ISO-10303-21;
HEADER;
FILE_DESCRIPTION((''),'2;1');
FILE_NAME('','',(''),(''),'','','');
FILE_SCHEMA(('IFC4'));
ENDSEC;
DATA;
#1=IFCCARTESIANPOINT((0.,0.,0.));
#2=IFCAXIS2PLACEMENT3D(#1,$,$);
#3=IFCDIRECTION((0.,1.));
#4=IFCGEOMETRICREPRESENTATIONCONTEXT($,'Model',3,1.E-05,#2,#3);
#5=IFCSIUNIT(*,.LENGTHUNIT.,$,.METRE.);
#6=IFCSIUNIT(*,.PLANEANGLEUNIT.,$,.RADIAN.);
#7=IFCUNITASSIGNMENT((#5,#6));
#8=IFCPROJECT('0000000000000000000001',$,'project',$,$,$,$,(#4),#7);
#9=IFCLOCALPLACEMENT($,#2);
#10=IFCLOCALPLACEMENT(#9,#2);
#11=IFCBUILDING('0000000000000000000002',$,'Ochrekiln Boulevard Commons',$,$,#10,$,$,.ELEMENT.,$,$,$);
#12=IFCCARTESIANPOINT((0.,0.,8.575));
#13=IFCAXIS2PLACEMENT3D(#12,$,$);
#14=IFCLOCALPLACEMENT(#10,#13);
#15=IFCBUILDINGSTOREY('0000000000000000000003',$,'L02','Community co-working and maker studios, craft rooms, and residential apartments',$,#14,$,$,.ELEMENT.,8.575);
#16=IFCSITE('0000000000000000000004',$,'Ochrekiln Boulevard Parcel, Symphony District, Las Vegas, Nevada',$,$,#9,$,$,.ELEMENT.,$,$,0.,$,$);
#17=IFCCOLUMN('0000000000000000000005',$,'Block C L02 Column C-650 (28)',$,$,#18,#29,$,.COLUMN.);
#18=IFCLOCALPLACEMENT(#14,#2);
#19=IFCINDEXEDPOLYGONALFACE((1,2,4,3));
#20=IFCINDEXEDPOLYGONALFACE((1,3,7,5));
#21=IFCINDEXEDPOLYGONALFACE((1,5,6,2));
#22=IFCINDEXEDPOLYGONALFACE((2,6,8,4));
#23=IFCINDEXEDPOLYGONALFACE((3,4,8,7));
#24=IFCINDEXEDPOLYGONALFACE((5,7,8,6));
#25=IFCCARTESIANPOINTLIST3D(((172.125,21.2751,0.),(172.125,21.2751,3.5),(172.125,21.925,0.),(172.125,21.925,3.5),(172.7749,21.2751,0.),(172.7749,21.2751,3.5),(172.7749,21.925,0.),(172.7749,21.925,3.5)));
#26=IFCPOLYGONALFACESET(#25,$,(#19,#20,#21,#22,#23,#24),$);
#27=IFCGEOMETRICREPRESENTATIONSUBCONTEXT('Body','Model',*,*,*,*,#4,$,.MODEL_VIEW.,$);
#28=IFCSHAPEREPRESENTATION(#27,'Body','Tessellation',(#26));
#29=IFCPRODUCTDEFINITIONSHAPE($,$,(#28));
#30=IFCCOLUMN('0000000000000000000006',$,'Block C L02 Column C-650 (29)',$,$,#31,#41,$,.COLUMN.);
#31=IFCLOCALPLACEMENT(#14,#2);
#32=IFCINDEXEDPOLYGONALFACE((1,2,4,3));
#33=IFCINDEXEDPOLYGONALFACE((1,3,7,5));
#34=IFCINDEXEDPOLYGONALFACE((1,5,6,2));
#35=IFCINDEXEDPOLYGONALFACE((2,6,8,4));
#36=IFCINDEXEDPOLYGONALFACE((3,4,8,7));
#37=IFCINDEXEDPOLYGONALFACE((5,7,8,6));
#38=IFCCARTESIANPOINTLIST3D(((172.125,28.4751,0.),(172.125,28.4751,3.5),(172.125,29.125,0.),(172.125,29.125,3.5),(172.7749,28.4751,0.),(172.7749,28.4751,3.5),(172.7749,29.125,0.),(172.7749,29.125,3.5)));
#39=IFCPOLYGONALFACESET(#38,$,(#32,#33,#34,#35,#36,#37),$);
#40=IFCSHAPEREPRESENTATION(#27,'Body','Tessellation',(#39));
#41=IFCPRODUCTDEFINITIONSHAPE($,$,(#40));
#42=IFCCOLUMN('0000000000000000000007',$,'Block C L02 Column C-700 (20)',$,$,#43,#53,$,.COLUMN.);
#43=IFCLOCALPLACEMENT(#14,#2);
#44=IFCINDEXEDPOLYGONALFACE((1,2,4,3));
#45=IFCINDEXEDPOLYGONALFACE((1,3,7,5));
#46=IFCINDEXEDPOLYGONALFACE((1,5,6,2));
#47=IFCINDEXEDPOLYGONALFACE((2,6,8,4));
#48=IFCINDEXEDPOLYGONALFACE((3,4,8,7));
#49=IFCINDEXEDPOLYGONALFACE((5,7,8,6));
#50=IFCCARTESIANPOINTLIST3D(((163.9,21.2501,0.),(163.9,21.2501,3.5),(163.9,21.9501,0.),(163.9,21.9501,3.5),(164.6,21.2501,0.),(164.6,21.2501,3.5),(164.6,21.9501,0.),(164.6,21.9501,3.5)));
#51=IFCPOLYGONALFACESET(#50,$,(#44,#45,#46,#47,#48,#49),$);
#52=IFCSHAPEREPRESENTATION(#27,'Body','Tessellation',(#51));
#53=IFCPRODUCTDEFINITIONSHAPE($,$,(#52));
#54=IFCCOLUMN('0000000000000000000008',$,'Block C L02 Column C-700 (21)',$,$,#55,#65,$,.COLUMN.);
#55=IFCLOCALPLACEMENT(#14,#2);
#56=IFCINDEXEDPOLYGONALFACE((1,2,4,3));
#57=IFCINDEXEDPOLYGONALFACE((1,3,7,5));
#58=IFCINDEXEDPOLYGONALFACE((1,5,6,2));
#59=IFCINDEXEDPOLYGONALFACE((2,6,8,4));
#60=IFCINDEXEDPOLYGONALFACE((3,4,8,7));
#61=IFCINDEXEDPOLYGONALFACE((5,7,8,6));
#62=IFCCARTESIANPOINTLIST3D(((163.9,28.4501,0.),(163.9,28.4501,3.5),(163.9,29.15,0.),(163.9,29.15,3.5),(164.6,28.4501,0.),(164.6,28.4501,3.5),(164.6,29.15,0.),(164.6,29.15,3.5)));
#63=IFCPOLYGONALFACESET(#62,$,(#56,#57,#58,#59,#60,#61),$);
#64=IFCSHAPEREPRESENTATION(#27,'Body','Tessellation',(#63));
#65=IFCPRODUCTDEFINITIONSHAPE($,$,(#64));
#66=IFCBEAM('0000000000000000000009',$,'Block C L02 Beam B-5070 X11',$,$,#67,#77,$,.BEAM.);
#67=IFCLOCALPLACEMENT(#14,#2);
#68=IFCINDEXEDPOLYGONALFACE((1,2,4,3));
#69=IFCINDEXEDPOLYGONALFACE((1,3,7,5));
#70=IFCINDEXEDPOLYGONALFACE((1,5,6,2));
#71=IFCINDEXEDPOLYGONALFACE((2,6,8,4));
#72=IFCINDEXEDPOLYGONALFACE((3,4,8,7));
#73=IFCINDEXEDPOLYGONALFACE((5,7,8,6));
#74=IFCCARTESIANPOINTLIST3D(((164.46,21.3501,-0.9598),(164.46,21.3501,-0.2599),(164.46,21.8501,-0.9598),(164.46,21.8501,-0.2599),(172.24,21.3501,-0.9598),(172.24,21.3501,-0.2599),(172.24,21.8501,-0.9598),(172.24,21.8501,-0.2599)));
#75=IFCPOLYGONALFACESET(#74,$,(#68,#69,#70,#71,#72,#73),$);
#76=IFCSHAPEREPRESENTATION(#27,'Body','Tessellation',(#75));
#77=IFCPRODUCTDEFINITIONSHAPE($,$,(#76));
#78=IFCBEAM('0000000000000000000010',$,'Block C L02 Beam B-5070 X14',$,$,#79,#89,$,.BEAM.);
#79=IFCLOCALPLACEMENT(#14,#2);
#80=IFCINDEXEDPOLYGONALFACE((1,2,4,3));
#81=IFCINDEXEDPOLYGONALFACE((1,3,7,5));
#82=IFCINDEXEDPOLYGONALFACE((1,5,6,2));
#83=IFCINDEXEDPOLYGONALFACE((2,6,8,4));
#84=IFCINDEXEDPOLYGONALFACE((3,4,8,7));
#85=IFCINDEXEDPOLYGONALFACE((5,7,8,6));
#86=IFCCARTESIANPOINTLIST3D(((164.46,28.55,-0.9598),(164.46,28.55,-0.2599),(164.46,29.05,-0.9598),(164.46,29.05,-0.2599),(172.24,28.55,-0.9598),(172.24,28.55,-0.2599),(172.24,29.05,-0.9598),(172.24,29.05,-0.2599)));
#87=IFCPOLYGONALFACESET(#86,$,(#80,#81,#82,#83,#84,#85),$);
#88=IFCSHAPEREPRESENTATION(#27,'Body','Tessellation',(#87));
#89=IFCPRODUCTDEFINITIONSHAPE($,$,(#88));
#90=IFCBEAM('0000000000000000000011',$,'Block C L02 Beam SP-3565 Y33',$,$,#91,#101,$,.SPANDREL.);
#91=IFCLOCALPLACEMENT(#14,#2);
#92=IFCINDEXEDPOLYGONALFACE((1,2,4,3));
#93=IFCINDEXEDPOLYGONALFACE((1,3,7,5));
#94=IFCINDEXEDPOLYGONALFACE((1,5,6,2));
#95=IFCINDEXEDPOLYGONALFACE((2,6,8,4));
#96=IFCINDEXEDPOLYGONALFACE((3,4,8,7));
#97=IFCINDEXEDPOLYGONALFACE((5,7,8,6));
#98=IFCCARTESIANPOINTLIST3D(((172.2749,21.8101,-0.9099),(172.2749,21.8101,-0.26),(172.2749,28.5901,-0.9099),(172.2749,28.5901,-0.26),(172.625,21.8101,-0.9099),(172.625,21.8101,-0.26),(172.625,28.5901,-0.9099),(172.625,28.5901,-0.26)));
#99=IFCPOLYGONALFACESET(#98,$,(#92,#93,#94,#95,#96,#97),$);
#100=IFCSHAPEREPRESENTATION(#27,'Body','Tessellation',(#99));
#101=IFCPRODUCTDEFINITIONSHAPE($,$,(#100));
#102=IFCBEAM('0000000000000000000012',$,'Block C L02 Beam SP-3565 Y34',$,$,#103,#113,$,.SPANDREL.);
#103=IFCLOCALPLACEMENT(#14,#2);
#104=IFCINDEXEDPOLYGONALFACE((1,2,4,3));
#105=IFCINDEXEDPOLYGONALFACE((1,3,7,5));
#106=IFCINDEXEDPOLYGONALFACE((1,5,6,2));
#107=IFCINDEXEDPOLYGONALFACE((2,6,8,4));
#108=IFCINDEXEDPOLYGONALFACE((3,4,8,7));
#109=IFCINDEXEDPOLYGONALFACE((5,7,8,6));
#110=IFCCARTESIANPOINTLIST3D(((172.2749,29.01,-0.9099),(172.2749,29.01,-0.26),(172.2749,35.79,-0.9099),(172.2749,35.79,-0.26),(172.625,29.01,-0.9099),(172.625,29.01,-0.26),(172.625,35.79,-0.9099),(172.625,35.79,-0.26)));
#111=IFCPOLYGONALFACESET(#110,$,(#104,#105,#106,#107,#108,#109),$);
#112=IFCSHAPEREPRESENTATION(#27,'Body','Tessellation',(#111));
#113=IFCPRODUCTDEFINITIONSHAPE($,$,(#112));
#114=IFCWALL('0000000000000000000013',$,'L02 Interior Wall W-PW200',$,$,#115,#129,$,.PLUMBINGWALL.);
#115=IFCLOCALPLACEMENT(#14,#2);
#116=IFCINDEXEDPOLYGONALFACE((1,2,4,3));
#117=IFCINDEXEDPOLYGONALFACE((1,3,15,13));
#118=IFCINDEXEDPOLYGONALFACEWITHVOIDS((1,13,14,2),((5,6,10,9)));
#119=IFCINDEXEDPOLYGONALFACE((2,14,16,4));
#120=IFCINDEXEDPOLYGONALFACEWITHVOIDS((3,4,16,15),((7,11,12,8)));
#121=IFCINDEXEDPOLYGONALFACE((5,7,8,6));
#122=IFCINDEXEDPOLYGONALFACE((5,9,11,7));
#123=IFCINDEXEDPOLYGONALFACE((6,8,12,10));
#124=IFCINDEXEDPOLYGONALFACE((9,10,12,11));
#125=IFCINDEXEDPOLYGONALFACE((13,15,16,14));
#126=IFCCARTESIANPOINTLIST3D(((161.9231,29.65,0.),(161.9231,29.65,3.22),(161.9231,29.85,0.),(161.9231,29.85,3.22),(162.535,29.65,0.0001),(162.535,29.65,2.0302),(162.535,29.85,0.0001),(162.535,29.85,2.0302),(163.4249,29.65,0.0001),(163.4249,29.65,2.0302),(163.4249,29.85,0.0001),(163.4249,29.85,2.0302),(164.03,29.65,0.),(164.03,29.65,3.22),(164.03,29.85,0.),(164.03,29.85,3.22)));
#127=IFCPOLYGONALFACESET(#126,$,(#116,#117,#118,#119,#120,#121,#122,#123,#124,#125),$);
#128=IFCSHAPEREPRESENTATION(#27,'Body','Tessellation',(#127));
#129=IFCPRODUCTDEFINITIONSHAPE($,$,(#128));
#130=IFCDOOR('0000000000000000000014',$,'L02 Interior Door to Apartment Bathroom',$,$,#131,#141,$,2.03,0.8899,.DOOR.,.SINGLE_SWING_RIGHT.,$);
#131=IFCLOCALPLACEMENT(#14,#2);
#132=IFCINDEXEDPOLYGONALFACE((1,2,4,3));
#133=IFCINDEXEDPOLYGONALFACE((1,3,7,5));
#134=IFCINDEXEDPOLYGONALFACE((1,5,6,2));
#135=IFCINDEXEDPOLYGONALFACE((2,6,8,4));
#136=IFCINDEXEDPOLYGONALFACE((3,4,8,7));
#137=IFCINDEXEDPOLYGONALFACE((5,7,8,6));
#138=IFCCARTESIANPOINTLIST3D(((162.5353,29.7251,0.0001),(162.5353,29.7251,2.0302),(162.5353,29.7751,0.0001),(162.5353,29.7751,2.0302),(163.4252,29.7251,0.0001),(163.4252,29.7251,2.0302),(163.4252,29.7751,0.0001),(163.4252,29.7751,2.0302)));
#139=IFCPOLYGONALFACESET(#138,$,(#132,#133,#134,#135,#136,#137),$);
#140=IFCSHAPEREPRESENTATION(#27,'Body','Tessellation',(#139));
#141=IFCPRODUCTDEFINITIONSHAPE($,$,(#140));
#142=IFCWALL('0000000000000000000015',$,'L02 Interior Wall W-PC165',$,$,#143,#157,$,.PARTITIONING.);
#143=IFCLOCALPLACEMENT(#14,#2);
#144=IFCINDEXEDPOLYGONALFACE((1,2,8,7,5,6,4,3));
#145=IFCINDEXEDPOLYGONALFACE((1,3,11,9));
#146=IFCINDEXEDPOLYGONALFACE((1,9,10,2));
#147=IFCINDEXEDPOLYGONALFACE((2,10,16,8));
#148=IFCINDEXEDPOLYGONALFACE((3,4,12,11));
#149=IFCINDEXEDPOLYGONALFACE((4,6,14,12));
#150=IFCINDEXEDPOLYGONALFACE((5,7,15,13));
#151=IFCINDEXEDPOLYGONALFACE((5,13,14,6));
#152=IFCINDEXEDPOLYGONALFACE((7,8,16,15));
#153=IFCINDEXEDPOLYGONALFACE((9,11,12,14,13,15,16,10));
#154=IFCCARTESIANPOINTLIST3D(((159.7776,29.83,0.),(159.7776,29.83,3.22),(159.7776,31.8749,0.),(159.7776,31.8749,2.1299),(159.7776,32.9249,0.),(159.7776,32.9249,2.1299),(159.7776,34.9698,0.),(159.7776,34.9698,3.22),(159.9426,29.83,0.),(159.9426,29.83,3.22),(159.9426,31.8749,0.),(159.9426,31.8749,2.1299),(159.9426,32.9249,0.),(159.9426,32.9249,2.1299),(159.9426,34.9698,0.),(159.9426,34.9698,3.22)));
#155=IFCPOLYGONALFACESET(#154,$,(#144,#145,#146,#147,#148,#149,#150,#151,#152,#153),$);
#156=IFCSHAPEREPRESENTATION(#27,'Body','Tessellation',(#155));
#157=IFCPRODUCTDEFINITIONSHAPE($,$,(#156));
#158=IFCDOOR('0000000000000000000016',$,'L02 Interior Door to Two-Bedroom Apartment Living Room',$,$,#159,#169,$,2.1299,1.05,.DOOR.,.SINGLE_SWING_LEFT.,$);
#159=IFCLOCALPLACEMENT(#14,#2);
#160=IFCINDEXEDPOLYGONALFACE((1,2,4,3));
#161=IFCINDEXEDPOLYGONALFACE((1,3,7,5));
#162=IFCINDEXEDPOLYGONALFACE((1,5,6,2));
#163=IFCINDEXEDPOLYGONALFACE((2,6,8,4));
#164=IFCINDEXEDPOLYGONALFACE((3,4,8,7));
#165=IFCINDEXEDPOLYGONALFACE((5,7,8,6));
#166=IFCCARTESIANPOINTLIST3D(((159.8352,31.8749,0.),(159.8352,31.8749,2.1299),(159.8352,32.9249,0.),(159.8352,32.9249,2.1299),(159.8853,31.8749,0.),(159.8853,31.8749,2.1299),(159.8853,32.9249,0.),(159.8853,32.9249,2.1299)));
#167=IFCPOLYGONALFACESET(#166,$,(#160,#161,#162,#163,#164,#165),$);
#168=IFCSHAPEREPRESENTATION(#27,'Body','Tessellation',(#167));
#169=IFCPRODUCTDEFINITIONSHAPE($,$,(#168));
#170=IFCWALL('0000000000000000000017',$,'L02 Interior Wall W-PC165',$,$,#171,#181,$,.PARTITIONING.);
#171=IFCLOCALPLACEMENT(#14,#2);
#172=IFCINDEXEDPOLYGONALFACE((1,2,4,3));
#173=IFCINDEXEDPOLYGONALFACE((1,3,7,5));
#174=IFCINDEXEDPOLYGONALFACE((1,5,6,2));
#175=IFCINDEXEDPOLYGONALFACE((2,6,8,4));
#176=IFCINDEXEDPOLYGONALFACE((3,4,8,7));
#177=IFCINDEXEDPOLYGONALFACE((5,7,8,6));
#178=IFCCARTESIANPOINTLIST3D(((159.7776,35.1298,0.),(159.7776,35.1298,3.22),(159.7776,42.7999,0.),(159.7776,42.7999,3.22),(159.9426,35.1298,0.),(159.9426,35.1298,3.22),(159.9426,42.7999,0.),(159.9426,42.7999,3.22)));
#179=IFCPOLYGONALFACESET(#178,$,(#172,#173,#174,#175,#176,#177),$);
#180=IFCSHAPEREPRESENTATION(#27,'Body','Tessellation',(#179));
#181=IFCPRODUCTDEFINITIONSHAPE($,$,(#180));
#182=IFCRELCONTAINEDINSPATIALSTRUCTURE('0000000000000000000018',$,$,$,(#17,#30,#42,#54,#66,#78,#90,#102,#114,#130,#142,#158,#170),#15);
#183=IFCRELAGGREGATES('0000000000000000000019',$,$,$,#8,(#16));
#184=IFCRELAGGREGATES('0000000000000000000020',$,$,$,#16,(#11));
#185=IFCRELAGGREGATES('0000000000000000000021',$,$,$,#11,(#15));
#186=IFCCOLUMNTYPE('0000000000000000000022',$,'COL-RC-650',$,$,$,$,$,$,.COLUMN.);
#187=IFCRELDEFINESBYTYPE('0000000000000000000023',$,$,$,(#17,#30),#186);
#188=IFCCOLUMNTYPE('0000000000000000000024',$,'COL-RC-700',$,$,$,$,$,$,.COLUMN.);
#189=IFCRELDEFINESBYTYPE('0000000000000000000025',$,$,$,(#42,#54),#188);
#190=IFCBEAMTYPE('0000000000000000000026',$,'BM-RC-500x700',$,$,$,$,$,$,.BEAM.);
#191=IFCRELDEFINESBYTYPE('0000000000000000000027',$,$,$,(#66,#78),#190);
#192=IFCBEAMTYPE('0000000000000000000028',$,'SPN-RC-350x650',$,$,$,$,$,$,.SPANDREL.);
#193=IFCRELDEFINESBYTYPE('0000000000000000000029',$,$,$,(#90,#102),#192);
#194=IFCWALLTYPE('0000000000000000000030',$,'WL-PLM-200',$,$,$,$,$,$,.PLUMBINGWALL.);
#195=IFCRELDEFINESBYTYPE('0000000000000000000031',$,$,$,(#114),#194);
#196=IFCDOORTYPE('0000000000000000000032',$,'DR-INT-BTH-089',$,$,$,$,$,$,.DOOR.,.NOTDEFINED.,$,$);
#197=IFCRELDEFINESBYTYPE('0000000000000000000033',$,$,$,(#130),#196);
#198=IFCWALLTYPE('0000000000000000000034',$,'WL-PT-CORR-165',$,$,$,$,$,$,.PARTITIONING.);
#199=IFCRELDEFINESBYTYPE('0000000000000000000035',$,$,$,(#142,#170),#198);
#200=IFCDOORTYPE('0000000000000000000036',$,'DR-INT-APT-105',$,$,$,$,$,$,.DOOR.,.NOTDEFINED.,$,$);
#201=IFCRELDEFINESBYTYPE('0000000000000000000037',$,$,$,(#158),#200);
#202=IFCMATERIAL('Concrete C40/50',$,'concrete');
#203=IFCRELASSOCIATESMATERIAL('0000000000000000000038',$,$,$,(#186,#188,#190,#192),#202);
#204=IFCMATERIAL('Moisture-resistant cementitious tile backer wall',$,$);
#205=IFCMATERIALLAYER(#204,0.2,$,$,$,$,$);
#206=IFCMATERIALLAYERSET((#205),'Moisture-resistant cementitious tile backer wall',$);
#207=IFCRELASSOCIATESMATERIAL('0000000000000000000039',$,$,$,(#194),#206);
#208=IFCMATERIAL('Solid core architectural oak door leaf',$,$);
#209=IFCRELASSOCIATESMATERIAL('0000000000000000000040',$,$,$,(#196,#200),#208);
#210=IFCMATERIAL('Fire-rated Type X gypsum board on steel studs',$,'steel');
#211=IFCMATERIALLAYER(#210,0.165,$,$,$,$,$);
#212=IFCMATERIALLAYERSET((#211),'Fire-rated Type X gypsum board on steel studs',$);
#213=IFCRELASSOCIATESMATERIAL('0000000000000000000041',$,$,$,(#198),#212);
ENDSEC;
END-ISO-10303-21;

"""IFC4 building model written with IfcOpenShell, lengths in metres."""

from ifc_helpers import new_model, si_unit, direction, frame, frame_2d, origin, origin_2d, place, context, subcontext, project, spatial, rectangle, extrude, material, layer, layer_set, material_profile, profile_set, type_object, element, fill, save


model = new_model("IFC4")

# Units and contexts
model_context = context("Model", 3, precision=1e-05, world=origin(), true_north=direction((0.0, 1.0)))
body_context = subcontext(model_context, "Body", "Model", "MODEL_VIEW")
ifc_project = project(units=[si_unit("LENGTHUNIT", "METRE"), si_unit("PLANEANGLEUNIT", "RADIAN")], contexts=[model_context])

# Site, building, storey
site_placement = place(None, origin())
site = spatial("IfcSite", under=ifc_project, at=site_placement, Name="Ochrekiln Boulevard Parcel, Symphony District, Las Vegas, Nevada", CompositionType="ELEMENT", RefElevation=0.0)
building_placement = place(site_placement, origin())
building = spatial("IfcBuilding", under=site, at=building_placement, Name="Ochrekiln Boulevard Commons", CompositionType="ELEMENT")
storey_placement = place(building_placement, frame((0.0, 0.0, 8.575)))
storey = spatial("IfcBuildingStorey", under=building, at=storey_placement, Name="L02", Description="Community co-working and maker studios, craft rooms, and residential apartments", CompositionType="ELEMENT", Elevation=8.575)

# Columns
ifc_material_1 = material(Name="Concrete C40/50", Category="concrete")
ifc_material_profile_1 = material_profile(ifc_material_1, rectangle(XDim=0.6499, YDim=0.6499, at=origin_2d()), Name="RC-COL-650x650")
ifc_profile_set_1 = profile_set([ifc_material_profile_1], Name="Concrete C40/50")
column_type_1 = type_object("IfcColumnType", Name="COL-RC-650", PredefinedType="COLUMN", material=ifc_profile_set_1)
for number, where, z_axis, x_axis, name in (
    (1, (172.45, 21.6001, 0.0), (0.0, 0.0, 1.0), (1.0, 0.0, 0.0), "Block C L02 Column C-650 (28)"),
    (2, (172.45, 28.8, 0.0), (0.0, 0.0, 1.0), (1.0, 0.0, 0.0), "Block C L02 Column C-650 (29)"),
):
    element("IfcColumn", number, at=place(storey_placement, frame(where, z_axis=z_axis, x_axis=x_axis)), inside=storey, type_object=column_type_1, Name=name, PredefinedType="COLUMN", context=body_context, shape_type="SweptSolid", body=[
        extrude(rectangle(XDim=0.6499, YDim=0.6499, at=origin_2d()), origin(), (0.0, 0.0, 1.0), 3.5),
    ])
ifc_material_profile_2 = material_profile(ifc_material_1, rectangle(XDim=0.7, YDim=0.7, at=origin_2d()), Name="RC-COL-700x700")
ifc_profile_set_2 = profile_set([ifc_material_profile_2], Name="Concrete C40/50")
column_type_2 = type_object("IfcColumnType", Name="COL-RC-700", PredefinedType="COLUMN", material=ifc_profile_set_2)
for number, where, z_axis, x_axis, name in (
    (3, (164.25, 21.6001, 0.0), (0.0, 0.0, 1.0), (1.0, 0.0, 0.0), "Block C L02 Column C-700 (20)"),
    (4, (164.25, 28.8, 0.0), (0.0, 0.0, 1.0), (1.0, 0.0, 0.0), "Block C L02 Column C-700 (21)"),
):
    element("IfcColumn", number, at=place(storey_placement, frame(where, z_axis=z_axis, x_axis=x_axis)), inside=storey, type_object=column_type_2, Name=name, PredefinedType="COLUMN", context=body_context, shape_type="SweptSolid", body=[
        extrude(rectangle(XDim=0.7, YDim=0.7, at=origin_2d()), origin(), (0.0, 0.0, 1.0), 3.5),
    ])

# Beams
ifc_material_profile_3 = material_profile(ifc_material_1, rectangle(XDim=0.5, YDim=0.7, at=origin_2d()), Name="RC-BM-500x700")
ifc_profile_set_3 = profile_set([ifc_material_profile_3], Name="Concrete C40/50")
beam_type_1 = type_object("IfcBeamType", Name="BM-RC-500x700", PredefinedType="BEAM", material=ifc_profile_set_3)
for number, where, z_axis, x_axis, name in (
    (5, (164.46, 21.6001, -0.6099), (1.0, 0.0, 0.0), (0.0, 1.0, 0.0), "Block C L02 Beam B-5070 X11"),
    (6, (164.46, 28.8, -0.6099), (1.0, 0.0, 0.0), (0.0, 1.0, 0.0), "Block C L02 Beam B-5070 X14"),
):
    element("IfcBeam", number, at=place(storey_placement, frame(where, z_axis=z_axis, x_axis=x_axis)), inside=storey, type_object=beam_type_1, Name=name, PredefinedType="BEAM", context=body_context, shape_type="SweptSolid", body=[
        extrude(rectangle(XDim=0.5, YDim=0.7, at=origin_2d()), origin(), (0.0, 0.0, 1.0), 7.78),
    ])
ifc_material_profile_4 = material_profile(ifc_material_1, rectangle(XDim=0.3501, YDim=0.6499, at=origin_2d()), Name="RC-SPN-350x650")
ifc_profile_set_4 = profile_set([ifc_material_profile_4], Name="Concrete C40/50")
beam_type_2 = type_object("IfcBeamType", Name="SPN-RC-350x650", PredefinedType="SPANDREL", material=ifc_profile_set_4)
for number, where, z_axis, x_axis, name in (
    (7, (172.45, 21.8101, -0.585), (0.0, 1.0, 0.0), (-1.0, 0.0, 0.0), "Block C L02 Beam SP-3565 Y33"),
    (8, (172.45, 29.01, -0.585), (0.0, 1.0, 0.0), (-1.0, 0.0, 0.0), "Block C L02 Beam SP-3565 Y34"),
):
    element("IfcBeam", number, at=place(storey_placement, frame(where, z_axis=z_axis, x_axis=x_axis)), inside=storey, type_object=beam_type_2, Name=name, PredefinedType="SPANDREL", context=body_context, shape_type="SweptSolid", body=[
        extrude(rectangle(XDim=0.3501, YDim=0.6499, at=origin_2d()), origin(), (0.0, 0.0, 1.0), 6.78),
    ])

# Walls, openings, doors
ifc_material_2 = material(Name="Moisture-resistant cementitious tile backer wall")
ifc_layer_1 = layer(ifc_material_2, 0.2)
ifc_layer_set_1 = layer_set([ifc_layer_1], Name="Moisture-resistant cementitious tile backer wall")
wall_type_1 = type_object("IfcWallType", Name="WL-PLM-200", PredefinedType="PLUMBINGWALL", material=ifc_layer_set_1)
wall_1_placement = place(storey_placement, frame((161.9231, 29.75, 0.0), z_axis=(0.0, 0.0, 1.0), x_axis=(1.0, 0.0, 0.0)))
wall_1 = element("IfcWall", 9, at=wall_1_placement, inside=storey, type_object=wall_type_1, Name="L02 Interior Wall W-PW200", PredefinedType="PLUMBINGWALL", context=body_context, shape_type="SweptSolid", body=[
    extrude(rectangle(XDim=2.1069, YDim=0.2, at=frame_2d((1.0535, 0.0))), origin(), (0.0, 0.0, 1.0), 3.22),
])
opening_1_placement = place(wall_1_placement, frame((0.6121, 0.0, 0.0)))
opening_1 = element("IfcOpeningElement", 10, at=opening_1_placement, cuts=wall_1, PredefinedType="OPENING", context=body_context, shape_type="SweptSolid", body=[
    extrude(rectangle(XDim=0.8899, YDim=2.03, at=frame_2d((0.4448, 1.0151))), frame((0.0, 0.1099, 0.0), z_axis=(0.0, -1.0, 0.0), x_axis=(1.0, 0.0, 0.0)), (0.0, 0.0, 1.0), 0.22),
])
ifc_material_3 = material(Name="Solid core architectural oak door leaf")
door_type_1 = type_object("IfcDoorType", Name="DR-INT-BTH-089", OperationType="NOTDEFINED", PredefinedType="DOOR", material=ifc_material_3)
door_1_placement = place(opening_1_placement, frame((0.8899, 0.0, 0.0), z_axis=(0.0, 0.0, 1.0), x_axis=(-1.0, 0.0, 0.0)))
door_1 = element("IfcDoor", 11, at=door_1_placement, inside=storey, type_object=door_type_1, Name="L02 Interior Door to Apartment Bathroom", OperationType="SINGLE_SWING_RIGHT", OverallHeight=2.03, OverallWidth=0.8899, PredefinedType="DOOR", context=body_context, shape_type="SweptSolid", body=[
    extrude(rectangle(XDim=0.8899, YDim=2.03, at=frame_2d((0.4448, 1.0151))), frame((0.0, 0.0249, 0.0), z_axis=(0.0, -1.0, 0.0), x_axis=(1.0, 0.0, 0.0)), (0.0, 0.0, 1.0), 0.05),
])
fill(opening_1, door_1)
ifc_material_4 = material(Name="Fire-rated Type X gypsum board on steel studs", Category="steel")
ifc_layer_2 = layer(ifc_material_4, 0.165)
ifc_layer_set_2 = layer_set([ifc_layer_2], Name="Fire-rated Type X gypsum board on steel studs")
wall_type_2 = type_object("IfcWallType", Name="WL-PT-CORR-165", PredefinedType="PARTITIONING", material=ifc_layer_set_2)
wall_2_placement = place(storey_placement, frame((159.8601, 29.8301, 0.0), z_axis=(0.0, 0.0, 1.0), x_axis=(0.0, 1.0, 0.0)))
wall_2 = element("IfcWall", 12, at=wall_2_placement, inside=storey, type_object=wall_type_2, Name="L02 Interior Wall W-PC165", PredefinedType="PARTITIONING", context=body_context, shape_type="SweptSolid", body=[
    extrude(rectangle(XDim=5.1399, YDim=0.165, at=frame_2d((2.5698, 0.0))), origin(), (0.0, 0.0, 1.0), 3.22),
])
opening_2_placement = place(wall_2_placement, frame((2.0449, 0.0, 0.0)))
opening_2 = element("IfcOpeningElement", 13, at=opening_2_placement, cuts=wall_2, PredefinedType="OPENING", context=body_context, shape_type="SweptSolid", body=[
    extrude(rectangle(XDim=1.05, YDim=2.1299, at=frame_2d((0.5249, 1.0649))), frame((0.0, 0.0925, 0.0), z_axis=(0.0, -1.0, 0.0), x_axis=(1.0, 0.0, 0.0)), (0.0, 0.0, 1.0), 0.1851),
])
door_type_2 = type_object("IfcDoorType", Name="DR-INT-APT-105", OperationType="NOTDEFINED", PredefinedType="DOOR", material=ifc_material_3)
door_2_placement = place(opening_2_placement, origin())
door_2 = element("IfcDoor", 14, at=door_2_placement, inside=storey, type_object=door_type_2, Name="L02 Interior Door to Two-Bedroom Apartment Living Room", OperationType="SINGLE_SWING_LEFT", OverallHeight=2.1299, OverallWidth=1.05, PredefinedType="DOOR", context=body_context, shape_type="SweptSolid", body=[
    extrude(rectangle(XDim=1.05, YDim=2.1299, at=frame_2d((0.5249, 1.0649))), frame((0.0, 0.0249, 0.0), z_axis=(0.0, -1.0, 0.0), x_axis=(1.0, 0.0, 0.0)), (0.0, 0.0, 1.0), 0.05),
])
fill(opening_2, door_2)

# Wall
wall_3_placement = place(storey_placement, frame((159.8601, 35.1299, 0.0), z_axis=(0.0, 0.0, 1.0), x_axis=(0.0, 1.0, 0.0)))
element("IfcWall", 15, at=wall_3_placement, inside=storey, type_object=wall_type_2, Name="L02 Interior Wall W-PC165", PredefinedType="PARTITIONING", context=body_context, shape_type="SweptSolid", body=[
    extrude(rectangle(XDim=7.6702, YDim=0.165, at=frame_2d((3.835, 0.0))), origin(), (0.0, 0.0, 1.0), 3.22),
])

save(model, "model.ifc")
